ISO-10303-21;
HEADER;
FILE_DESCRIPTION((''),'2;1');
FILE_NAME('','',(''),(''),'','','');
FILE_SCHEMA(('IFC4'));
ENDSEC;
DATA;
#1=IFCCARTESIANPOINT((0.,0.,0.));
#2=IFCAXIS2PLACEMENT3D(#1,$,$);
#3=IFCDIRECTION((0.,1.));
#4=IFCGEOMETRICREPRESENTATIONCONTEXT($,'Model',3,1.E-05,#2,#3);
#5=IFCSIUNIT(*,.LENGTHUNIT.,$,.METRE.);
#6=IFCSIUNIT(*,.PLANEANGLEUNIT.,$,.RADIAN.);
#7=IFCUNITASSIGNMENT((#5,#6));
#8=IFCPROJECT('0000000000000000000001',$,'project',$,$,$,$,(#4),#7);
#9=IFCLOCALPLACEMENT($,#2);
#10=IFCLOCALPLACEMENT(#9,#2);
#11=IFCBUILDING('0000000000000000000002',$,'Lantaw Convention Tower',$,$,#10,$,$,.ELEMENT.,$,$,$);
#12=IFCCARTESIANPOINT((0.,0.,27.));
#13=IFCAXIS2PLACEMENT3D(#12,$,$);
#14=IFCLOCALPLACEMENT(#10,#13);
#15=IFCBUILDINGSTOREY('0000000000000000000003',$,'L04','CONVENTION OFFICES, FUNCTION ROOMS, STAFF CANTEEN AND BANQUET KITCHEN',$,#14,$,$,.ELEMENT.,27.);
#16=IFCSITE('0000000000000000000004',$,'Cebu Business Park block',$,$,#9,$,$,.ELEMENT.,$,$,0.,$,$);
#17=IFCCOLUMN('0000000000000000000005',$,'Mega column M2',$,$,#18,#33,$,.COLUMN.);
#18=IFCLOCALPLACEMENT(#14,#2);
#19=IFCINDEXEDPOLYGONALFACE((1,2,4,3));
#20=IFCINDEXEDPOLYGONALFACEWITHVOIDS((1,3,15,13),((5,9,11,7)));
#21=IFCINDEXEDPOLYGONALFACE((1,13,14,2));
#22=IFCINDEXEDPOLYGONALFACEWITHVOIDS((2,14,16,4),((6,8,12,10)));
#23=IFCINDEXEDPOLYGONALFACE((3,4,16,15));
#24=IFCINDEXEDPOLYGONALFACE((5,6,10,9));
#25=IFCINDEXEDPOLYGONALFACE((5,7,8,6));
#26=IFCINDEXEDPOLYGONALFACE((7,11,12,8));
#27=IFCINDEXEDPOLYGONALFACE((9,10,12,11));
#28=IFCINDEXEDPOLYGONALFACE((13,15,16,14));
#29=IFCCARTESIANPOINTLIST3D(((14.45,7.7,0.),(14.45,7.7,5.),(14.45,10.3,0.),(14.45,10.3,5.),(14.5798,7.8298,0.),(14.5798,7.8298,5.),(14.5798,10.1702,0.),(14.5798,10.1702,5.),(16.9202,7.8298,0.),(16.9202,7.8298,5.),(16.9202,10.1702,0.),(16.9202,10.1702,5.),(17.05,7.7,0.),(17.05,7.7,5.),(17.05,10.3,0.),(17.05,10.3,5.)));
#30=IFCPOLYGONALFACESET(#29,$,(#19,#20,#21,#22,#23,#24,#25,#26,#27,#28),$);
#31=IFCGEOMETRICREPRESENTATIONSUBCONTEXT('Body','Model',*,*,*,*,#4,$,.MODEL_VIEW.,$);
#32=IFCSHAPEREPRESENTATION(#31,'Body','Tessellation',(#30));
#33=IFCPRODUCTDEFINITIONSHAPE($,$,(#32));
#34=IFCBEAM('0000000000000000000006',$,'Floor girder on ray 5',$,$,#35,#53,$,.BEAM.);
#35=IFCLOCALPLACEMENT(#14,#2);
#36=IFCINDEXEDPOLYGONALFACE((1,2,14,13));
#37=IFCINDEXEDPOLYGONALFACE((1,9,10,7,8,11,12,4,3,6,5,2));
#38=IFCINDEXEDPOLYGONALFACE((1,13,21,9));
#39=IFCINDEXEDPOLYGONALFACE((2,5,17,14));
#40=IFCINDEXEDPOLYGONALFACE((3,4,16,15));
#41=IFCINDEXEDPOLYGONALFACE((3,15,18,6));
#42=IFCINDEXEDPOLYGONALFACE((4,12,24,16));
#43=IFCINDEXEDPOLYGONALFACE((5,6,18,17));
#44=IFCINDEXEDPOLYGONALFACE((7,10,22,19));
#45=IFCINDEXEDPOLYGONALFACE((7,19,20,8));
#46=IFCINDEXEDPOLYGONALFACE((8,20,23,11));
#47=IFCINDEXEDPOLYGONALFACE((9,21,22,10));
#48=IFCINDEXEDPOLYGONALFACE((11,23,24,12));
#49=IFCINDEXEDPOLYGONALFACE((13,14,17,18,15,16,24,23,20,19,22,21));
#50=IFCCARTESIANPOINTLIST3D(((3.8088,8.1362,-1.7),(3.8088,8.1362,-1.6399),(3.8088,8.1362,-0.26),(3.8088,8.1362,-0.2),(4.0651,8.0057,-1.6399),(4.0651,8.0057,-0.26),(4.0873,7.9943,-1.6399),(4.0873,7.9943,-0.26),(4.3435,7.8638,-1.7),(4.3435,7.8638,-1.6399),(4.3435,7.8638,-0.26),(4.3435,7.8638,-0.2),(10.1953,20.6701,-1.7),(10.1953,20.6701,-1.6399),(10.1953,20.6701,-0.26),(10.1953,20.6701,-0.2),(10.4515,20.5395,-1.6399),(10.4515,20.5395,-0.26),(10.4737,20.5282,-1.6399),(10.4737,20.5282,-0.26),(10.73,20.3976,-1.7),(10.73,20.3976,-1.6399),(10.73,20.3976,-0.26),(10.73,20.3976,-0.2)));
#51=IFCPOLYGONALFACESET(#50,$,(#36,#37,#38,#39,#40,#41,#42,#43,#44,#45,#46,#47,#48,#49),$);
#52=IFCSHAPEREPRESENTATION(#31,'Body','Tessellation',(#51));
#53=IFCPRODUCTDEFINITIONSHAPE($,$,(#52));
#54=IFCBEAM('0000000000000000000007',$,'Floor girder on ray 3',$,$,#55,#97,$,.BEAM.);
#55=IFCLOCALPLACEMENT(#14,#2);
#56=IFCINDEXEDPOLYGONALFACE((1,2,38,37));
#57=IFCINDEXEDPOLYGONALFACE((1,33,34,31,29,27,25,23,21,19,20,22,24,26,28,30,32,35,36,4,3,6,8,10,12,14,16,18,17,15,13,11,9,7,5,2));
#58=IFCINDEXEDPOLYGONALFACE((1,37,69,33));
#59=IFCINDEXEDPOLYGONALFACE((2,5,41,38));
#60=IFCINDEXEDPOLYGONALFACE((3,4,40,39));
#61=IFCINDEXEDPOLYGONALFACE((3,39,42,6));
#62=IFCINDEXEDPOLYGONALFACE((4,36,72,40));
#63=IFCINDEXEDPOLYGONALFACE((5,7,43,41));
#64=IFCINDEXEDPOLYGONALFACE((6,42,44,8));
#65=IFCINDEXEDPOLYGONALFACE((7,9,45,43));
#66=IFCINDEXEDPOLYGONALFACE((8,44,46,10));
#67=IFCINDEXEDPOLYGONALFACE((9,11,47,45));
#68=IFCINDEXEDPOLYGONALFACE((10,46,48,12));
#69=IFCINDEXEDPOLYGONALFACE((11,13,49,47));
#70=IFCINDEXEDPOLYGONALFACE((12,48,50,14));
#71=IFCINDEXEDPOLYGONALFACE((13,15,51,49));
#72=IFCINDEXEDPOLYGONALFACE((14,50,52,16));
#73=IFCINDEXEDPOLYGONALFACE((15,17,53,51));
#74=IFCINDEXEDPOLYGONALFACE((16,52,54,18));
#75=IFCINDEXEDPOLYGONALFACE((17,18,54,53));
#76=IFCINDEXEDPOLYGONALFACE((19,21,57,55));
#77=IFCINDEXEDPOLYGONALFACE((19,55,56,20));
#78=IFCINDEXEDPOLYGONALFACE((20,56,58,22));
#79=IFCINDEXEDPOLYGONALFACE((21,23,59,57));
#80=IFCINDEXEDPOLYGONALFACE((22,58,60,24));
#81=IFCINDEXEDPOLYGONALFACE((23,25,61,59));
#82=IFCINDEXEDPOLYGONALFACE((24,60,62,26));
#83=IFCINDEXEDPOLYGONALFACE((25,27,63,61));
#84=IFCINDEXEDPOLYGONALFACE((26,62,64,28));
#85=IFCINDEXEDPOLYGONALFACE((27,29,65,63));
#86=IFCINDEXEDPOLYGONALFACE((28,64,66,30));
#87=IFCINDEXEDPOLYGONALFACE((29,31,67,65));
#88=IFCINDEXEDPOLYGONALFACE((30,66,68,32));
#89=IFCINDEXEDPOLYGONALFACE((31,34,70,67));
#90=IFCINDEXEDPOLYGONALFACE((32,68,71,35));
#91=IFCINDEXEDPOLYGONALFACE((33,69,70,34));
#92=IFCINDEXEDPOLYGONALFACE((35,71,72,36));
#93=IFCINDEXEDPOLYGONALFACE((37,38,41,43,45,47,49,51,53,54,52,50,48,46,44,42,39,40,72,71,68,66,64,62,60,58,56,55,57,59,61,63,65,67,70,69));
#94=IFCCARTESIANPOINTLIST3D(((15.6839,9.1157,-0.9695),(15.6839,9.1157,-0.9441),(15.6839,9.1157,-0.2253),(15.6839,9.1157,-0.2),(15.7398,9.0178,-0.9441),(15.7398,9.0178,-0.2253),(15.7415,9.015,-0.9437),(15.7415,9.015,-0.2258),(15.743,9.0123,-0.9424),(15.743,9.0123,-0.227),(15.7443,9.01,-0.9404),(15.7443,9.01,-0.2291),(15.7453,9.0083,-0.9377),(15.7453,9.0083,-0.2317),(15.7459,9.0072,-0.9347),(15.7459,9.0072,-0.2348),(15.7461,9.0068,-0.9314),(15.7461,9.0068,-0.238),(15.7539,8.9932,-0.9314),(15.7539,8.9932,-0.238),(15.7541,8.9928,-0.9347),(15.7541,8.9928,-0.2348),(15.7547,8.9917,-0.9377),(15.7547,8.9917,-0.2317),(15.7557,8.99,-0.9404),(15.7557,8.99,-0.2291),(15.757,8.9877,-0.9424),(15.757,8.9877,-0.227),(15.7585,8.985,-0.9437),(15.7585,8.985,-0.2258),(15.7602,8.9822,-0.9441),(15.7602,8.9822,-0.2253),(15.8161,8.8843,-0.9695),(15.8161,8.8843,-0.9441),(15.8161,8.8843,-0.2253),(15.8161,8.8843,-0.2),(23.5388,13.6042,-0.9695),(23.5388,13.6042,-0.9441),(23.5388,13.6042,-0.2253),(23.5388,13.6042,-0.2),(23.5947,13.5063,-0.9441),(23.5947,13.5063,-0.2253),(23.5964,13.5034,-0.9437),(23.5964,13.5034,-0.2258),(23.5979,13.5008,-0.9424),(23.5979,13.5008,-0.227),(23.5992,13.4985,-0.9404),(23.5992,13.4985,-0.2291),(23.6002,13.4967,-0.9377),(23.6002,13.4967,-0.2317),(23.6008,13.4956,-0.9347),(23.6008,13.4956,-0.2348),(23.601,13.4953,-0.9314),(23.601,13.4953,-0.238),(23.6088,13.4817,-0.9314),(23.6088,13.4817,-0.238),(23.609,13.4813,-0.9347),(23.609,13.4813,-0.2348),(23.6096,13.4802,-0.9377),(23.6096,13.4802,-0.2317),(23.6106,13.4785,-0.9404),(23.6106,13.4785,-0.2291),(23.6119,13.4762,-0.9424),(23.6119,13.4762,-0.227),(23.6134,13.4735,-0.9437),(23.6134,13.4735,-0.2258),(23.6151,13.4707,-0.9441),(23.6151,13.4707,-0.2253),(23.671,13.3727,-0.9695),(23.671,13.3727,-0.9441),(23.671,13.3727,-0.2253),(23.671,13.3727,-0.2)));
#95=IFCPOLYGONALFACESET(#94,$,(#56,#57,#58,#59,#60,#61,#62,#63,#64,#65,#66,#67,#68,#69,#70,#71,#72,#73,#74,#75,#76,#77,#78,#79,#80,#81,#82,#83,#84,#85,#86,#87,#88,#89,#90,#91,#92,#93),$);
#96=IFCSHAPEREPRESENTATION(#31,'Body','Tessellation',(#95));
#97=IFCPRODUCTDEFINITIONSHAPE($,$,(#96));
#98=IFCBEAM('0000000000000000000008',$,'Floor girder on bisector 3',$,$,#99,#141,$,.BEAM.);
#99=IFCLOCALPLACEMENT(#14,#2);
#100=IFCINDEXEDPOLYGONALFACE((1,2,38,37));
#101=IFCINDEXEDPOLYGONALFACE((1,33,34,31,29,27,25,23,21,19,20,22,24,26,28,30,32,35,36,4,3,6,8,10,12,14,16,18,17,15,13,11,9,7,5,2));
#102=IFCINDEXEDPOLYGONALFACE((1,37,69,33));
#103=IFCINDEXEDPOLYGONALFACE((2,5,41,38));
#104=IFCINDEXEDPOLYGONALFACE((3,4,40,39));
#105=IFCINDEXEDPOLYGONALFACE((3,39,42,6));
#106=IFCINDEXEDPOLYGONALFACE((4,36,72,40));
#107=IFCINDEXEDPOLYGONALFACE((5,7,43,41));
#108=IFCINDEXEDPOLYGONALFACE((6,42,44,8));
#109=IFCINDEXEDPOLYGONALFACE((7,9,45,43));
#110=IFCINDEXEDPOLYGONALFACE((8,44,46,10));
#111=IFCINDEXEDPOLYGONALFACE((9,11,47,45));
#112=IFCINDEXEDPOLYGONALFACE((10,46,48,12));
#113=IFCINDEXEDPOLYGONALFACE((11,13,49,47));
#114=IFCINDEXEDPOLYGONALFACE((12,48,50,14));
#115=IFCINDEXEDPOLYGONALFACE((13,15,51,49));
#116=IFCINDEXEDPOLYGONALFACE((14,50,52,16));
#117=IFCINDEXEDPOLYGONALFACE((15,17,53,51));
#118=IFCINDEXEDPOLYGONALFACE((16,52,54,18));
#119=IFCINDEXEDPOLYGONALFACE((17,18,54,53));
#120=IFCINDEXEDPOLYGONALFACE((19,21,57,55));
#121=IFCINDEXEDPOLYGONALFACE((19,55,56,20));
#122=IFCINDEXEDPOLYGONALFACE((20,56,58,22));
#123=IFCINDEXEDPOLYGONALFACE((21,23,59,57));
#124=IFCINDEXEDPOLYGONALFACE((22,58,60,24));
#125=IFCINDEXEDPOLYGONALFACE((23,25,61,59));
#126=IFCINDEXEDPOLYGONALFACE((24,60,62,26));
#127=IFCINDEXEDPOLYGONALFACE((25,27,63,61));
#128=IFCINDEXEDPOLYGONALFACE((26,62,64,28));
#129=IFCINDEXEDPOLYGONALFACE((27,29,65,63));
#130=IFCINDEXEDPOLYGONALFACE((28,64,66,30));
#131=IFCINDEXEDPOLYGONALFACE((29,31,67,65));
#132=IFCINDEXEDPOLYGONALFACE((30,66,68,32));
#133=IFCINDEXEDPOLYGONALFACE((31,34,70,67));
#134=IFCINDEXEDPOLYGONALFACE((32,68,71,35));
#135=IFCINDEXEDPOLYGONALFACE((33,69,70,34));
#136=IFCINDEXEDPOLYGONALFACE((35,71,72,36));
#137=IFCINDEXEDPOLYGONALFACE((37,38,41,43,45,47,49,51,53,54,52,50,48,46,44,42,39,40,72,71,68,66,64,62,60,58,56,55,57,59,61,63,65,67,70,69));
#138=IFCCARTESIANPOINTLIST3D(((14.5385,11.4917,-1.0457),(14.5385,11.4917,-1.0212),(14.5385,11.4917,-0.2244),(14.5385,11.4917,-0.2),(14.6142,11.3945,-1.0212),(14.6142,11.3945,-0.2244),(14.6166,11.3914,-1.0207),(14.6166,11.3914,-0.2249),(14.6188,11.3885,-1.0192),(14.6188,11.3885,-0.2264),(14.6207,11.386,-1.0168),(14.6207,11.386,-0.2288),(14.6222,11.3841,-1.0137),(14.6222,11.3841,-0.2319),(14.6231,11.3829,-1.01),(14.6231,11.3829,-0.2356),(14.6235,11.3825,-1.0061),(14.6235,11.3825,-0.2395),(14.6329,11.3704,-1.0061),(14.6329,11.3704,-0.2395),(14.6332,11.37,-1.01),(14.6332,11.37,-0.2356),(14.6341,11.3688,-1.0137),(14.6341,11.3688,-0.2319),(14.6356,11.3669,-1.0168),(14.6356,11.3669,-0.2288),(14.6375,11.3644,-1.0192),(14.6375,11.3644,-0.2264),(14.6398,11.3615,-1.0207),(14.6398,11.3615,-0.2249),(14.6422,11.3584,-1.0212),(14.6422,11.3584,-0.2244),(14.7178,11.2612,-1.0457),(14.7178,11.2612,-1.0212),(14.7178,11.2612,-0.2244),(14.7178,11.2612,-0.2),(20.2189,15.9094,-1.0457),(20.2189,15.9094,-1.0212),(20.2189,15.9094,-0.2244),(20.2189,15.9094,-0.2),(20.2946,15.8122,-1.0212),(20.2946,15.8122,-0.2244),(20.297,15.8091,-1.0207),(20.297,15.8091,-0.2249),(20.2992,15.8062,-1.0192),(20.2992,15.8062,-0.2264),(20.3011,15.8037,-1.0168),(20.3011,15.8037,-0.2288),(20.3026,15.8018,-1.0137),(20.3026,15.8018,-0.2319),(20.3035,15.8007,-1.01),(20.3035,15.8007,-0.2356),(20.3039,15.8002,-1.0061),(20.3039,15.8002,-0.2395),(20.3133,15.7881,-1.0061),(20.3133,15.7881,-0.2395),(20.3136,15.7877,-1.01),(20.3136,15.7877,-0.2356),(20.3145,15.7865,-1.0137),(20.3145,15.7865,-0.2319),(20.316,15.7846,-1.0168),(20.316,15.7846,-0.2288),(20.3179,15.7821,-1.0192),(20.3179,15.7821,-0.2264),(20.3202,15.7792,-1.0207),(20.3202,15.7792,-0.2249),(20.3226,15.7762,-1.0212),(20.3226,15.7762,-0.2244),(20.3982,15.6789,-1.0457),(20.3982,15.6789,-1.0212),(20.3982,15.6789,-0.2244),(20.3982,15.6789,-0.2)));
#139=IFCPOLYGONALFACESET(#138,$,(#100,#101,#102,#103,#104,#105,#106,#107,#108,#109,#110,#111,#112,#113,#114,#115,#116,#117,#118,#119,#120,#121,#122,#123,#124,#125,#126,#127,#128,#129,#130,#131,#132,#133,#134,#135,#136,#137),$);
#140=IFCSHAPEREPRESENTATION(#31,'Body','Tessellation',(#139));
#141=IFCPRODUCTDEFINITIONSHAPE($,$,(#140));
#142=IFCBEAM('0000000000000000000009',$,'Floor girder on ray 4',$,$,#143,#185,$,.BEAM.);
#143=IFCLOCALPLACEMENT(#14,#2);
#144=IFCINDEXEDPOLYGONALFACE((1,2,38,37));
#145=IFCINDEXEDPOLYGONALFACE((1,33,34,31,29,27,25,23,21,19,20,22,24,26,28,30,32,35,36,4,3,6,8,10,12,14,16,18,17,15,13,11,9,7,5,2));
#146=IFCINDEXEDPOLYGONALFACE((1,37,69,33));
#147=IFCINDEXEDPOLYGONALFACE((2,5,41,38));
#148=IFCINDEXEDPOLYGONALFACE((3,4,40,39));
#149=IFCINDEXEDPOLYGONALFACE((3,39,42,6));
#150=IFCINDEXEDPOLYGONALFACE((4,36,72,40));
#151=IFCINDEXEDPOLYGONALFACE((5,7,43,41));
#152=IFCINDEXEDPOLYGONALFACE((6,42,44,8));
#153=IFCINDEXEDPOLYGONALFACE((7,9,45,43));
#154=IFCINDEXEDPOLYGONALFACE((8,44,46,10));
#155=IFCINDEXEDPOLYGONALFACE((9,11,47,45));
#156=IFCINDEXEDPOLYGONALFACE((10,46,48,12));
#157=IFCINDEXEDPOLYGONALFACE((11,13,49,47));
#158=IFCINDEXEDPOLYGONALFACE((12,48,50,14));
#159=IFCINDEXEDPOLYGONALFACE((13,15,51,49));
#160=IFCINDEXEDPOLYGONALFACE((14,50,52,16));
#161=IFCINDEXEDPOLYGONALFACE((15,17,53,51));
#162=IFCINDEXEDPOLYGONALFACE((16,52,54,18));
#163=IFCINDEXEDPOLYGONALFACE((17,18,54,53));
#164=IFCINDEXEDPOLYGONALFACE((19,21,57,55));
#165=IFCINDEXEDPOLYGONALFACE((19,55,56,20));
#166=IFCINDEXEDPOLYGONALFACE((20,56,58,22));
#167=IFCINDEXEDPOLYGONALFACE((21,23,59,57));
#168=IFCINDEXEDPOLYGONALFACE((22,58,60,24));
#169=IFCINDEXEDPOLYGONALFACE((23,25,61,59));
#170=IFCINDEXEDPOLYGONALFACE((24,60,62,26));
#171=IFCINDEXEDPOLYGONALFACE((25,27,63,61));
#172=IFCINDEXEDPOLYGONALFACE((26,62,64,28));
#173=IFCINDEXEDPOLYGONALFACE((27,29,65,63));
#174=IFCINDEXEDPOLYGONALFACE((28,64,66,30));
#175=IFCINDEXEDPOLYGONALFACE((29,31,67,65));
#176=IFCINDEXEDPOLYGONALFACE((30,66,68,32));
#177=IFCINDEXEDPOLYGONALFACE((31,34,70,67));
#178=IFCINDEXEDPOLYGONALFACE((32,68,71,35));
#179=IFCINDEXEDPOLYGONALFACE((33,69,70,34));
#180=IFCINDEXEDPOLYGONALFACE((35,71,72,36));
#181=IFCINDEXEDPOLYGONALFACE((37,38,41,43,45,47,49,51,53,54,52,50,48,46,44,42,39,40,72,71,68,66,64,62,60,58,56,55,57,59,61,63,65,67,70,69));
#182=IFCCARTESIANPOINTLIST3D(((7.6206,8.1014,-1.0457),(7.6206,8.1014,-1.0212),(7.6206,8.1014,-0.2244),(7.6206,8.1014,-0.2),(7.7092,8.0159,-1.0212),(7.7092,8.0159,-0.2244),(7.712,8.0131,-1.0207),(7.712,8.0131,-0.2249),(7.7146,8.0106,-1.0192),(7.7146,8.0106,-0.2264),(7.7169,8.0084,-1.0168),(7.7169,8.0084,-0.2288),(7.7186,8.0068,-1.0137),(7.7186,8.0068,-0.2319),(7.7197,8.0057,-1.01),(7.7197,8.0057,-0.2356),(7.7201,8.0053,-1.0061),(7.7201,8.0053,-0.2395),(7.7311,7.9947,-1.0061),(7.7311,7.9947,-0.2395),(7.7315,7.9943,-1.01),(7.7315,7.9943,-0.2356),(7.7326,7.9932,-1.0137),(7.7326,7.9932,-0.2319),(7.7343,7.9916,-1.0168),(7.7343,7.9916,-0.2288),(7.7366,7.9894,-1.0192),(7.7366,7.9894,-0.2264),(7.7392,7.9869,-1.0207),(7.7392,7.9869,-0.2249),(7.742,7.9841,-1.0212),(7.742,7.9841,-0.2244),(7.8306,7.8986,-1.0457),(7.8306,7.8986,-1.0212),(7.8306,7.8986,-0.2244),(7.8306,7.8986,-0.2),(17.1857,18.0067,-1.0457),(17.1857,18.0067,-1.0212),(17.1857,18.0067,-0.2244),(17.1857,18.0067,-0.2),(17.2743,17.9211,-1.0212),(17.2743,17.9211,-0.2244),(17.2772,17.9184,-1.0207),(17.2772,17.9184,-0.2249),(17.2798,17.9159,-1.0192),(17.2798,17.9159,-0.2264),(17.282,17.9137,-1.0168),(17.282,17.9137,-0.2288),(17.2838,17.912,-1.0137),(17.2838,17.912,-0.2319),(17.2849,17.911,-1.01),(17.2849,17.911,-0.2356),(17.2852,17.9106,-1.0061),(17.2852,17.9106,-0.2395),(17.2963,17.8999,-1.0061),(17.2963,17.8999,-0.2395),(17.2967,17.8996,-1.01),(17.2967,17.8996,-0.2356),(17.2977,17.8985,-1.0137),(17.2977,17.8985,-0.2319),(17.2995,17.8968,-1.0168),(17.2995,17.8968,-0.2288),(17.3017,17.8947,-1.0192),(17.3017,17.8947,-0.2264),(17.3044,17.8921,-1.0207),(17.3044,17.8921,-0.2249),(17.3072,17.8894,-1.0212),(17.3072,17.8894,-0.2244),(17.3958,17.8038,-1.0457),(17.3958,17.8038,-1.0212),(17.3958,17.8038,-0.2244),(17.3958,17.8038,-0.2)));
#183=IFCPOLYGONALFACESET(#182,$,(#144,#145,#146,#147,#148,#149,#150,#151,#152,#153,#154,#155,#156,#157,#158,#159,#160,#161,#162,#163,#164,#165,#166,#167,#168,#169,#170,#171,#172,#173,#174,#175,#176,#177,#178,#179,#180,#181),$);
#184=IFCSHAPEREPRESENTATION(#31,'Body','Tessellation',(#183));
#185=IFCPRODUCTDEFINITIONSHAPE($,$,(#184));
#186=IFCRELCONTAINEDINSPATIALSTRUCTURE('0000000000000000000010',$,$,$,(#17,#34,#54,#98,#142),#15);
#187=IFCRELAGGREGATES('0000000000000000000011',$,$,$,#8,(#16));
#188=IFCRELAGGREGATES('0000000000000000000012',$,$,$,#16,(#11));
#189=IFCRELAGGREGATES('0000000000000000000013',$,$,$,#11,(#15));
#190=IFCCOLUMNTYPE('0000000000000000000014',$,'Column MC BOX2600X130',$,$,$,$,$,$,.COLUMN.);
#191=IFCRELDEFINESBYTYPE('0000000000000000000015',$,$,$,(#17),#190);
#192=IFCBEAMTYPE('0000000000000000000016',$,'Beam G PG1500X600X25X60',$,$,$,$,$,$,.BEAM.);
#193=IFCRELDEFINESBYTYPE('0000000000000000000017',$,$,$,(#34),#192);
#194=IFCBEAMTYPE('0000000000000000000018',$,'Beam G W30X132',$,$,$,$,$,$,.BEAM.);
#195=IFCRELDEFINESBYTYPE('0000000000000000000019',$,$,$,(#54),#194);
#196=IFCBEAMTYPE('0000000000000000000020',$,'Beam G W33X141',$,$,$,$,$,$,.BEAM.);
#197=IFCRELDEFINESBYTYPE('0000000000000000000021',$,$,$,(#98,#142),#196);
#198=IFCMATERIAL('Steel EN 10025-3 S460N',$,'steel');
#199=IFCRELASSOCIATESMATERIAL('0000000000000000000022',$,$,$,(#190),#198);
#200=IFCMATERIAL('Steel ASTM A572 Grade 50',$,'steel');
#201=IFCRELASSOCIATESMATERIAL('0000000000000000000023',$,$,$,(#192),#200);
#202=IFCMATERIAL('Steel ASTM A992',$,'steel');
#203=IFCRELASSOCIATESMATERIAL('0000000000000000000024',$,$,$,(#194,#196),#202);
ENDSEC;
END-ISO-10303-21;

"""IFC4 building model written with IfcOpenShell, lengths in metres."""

from ifc_helpers import new_model, si_unit, direction, frame, origin, origin_2d, place, context, subcontext, project, spatial, rectangle, hollow_rectangle, i_section, extrude, material, material_profile, profile_set, type_object, element, save


model = new_model("IFC4")

# Units and contexts
model_context = context("Model", 3, precision=1e-05, world=origin(), true_north=direction((0.0, 1.0)))
body_context = subcontext(model_context, "Body", "Model", "MODEL_VIEW")
ifc_project = project(units=[si_unit("LENGTHUNIT", "METRE"), si_unit("PLANEANGLEUNIT", "RADIAN")], contexts=[model_context])

# Site, building, storey
site_placement = place(None, origin())
site = spatial("IfcSite", under=ifc_project, at=site_placement, Name="Cebu Business Park block", CompositionType="ELEMENT", RefElevation=0.0)
building_placement = place(site_placement, origin())
building = spatial("IfcBuilding", under=site, at=building_placement, Name="Lantaw Convention Tower", CompositionType="ELEMENT")
storey_placement = place(building_placement, frame((0.0, 0.0, 27.0)))
storey = spatial("IfcBuildingStorey", under=building, at=storey_placement, Name="L04", Description="CONVENTION OFFICES, FUNCTION ROOMS, STAFF CANTEEN AND BANQUET KITCHEN", CompositionType="ELEMENT", Elevation=27.0)

# Column
ifc_material_1 = material(Name="Steel EN 10025-3 S460N", Category="steel")
ifc_material_profile_1 = material_profile(ifc_material_1, hollow_rectangle(XDim=2.6001, YDim=2.6001, WallThickness=0.1299, at=origin_2d()), Name="BOX2600X130")
ifc_material_2 = material(Name="Concrete C60/75", Category="concrete")
ifc_material_profile_2 = material_profile(ifc_material_2, rectangle(XDim=2.3401, YDim=2.3401, at=origin_2d()), Name="Concrete fill of BOX2600X130")
ifc_profile_set_1 = profile_set([ifc_material_profile_1, ifc_material_profile_2], Name="Steel EN 10025-3 S460N")
column_type = type_object("IfcColumnType", Name="Column MC BOX2600X130", PredefinedType="COLUMN", material=ifc_profile_set_1)
column_placement = place(storey_placement, frame((15.75, 9.0, 0.0), z_axis=(0.0, 0.0, 1.0), x_axis=(1.0, 0.0, 0.0)))
element("IfcColumn", 1, at=column_placement, inside=storey, type_object=column_type, Name="Mega column M2", PredefinedType="COLUMN", context=body_context, shape_type="SweptSolid", body=[
    extrude(hollow_rectangle(XDim=2.6001, YDim=2.6001, WallThickness=0.1299, at=origin_2d()), origin(), (0.0, 0.0, 1.0), 5.0),
])

# Beams
ifc_material_3 = material(Name="Steel ASTM A572 Grade 50", Category="steel")
ifc_material_profile_3 = material_profile(ifc_material_3, i_section(OverallWidth=0.6001, OverallDepth=1.5, WebThickness=0.0249, FlangeThickness=0.0601, at=origin_2d()), Name="PG1500X600X25X60")
ifc_profile_set_2 = profile_set([ifc_material_profile_3], Name="Steel ASTM A572 Grade 50")
beam_type_1 = type_object("IfcBeamType", Name="Beam G PG1500X600X25X60", PredefinedType="BEAM", material=ifc_profile_set_2)
beam_1_placement = place(storey_placement, frame((4.0762, 8.0, -0.95), z_axis=(0.453997, 0.891003, 0.0), x_axis=(-0.891003, 0.453997, 0.0)))
element("IfcBeam", 2, at=beam_1_placement, inside=storey, type_object=beam_type_1, Name="Floor girder on ray 5", PredefinedType="BEAM", context=body_context, shape_type="SweptSolid", body=[
    extrude(i_section(OverallWidth=0.6001, OverallDepth=1.5, WebThickness=0.0249, FlangeThickness=0.0601, at=origin_2d()), origin(), (0.0, 0.0, 1.0), 14.0671),
])
ifc_material_4 = material(Name="Steel ASTM A992", Category="steel")
ifc_material_profile_4 = material_profile(ifc_material_4, i_section(OverallWidth=0.2666, OverallDepth=0.7695, WebThickness=0.0156, FlangeThickness=0.0254, FilletRadius=0.0127, at=origin_2d()), Name="W30X132")
ifc_profile_set_3 = profile_set([ifc_material_profile_4], Name="Steel ASTM A992")
beam_type_2 = type_object("IfcBeamType", Name="Beam G W30X132", PredefinedType="BEAM", material=ifc_profile_set_3)
beam_2_placement = place(storey_placement, frame((15.75, 9.0, -0.5847), z_axis=(0.868245, 0.496136, 0.0), x_axis=(-0.496136, 0.868245, 0.0)))
element("IfcBeam", 3, at=beam_2_placement, inside=storey, type_object=beam_type_2, Name="Floor girder on ray 3", PredefinedType="BEAM", context=body_context, shape_type="SweptSolid", body=[
    extrude(i_section(OverallWidth=0.2666, OverallDepth=0.7695, WebThickness=0.0156, FlangeThickness=0.0254, FilletRadius=0.0127, at=origin_2d()), origin(), (0.0, 0.0, 1.0), 9.0469),
])
ifc_material_profile_5 = material_profile(ifc_material_4, i_section(OverallWidth=0.292, OverallDepth=0.8457, WebThickness=0.0154, FlangeThickness=0.0244, FilletRadius=0.0151, at=origin_2d()), Name="W33X141")
ifc_profile_set_4 = profile_set([ifc_material_profile_5], Name="Steel ASTM A992")
beam_type_3 = type_object("IfcBeamType", Name="Beam G W33X141", PredefinedType="BEAM", material=ifc_profile_set_4)
beam_3_placement = place(storey_placement, frame((14.6282, 11.3765, -0.6228), z_axis=(0.789378, 0.613908, 0.0), x_axis=(-0.613908, 0.789378, 0.0)))
element("IfcBeam", 4, at=beam_3_placement, inside=storey, type_object=beam_type_3, Name="Floor girder on bisector 3", PredefinedType="BEAM", context=body_context, shape_type="SweptSolid", body=[
    extrude(i_section(OverallWidth=0.292, OverallDepth=0.8457, WebThickness=0.0154, FlangeThickness=0.0244, FilletRadius=0.0151, at=origin_2d()), origin(), (0.0, 0.0, 1.0), 7.196),
])
beam_4_placement = place(storey_placement, frame((7.7256, 8.0, -0.6228), z_axis=(0.69465, 0.719348, 0.0), x_axis=(-0.719348, 0.69465, 0.0)))
element("IfcBeam", 5, at=beam_4_placement, inside=storey, type_object=beam_type_3, Name="Floor girder on ray 4", PredefinedType="BEAM", context=body_context, shape_type="SweptSolid", body=[
    extrude(i_section(OverallWidth=0.292, OverallDepth=0.8457, WebThickness=0.0154, FlangeThickness=0.0244, FilletRadius=0.0151, at=origin_2d()), origin(), (0.0, 0.0, 1.0), 13.7698),
])

save(model, "model.ifc")
